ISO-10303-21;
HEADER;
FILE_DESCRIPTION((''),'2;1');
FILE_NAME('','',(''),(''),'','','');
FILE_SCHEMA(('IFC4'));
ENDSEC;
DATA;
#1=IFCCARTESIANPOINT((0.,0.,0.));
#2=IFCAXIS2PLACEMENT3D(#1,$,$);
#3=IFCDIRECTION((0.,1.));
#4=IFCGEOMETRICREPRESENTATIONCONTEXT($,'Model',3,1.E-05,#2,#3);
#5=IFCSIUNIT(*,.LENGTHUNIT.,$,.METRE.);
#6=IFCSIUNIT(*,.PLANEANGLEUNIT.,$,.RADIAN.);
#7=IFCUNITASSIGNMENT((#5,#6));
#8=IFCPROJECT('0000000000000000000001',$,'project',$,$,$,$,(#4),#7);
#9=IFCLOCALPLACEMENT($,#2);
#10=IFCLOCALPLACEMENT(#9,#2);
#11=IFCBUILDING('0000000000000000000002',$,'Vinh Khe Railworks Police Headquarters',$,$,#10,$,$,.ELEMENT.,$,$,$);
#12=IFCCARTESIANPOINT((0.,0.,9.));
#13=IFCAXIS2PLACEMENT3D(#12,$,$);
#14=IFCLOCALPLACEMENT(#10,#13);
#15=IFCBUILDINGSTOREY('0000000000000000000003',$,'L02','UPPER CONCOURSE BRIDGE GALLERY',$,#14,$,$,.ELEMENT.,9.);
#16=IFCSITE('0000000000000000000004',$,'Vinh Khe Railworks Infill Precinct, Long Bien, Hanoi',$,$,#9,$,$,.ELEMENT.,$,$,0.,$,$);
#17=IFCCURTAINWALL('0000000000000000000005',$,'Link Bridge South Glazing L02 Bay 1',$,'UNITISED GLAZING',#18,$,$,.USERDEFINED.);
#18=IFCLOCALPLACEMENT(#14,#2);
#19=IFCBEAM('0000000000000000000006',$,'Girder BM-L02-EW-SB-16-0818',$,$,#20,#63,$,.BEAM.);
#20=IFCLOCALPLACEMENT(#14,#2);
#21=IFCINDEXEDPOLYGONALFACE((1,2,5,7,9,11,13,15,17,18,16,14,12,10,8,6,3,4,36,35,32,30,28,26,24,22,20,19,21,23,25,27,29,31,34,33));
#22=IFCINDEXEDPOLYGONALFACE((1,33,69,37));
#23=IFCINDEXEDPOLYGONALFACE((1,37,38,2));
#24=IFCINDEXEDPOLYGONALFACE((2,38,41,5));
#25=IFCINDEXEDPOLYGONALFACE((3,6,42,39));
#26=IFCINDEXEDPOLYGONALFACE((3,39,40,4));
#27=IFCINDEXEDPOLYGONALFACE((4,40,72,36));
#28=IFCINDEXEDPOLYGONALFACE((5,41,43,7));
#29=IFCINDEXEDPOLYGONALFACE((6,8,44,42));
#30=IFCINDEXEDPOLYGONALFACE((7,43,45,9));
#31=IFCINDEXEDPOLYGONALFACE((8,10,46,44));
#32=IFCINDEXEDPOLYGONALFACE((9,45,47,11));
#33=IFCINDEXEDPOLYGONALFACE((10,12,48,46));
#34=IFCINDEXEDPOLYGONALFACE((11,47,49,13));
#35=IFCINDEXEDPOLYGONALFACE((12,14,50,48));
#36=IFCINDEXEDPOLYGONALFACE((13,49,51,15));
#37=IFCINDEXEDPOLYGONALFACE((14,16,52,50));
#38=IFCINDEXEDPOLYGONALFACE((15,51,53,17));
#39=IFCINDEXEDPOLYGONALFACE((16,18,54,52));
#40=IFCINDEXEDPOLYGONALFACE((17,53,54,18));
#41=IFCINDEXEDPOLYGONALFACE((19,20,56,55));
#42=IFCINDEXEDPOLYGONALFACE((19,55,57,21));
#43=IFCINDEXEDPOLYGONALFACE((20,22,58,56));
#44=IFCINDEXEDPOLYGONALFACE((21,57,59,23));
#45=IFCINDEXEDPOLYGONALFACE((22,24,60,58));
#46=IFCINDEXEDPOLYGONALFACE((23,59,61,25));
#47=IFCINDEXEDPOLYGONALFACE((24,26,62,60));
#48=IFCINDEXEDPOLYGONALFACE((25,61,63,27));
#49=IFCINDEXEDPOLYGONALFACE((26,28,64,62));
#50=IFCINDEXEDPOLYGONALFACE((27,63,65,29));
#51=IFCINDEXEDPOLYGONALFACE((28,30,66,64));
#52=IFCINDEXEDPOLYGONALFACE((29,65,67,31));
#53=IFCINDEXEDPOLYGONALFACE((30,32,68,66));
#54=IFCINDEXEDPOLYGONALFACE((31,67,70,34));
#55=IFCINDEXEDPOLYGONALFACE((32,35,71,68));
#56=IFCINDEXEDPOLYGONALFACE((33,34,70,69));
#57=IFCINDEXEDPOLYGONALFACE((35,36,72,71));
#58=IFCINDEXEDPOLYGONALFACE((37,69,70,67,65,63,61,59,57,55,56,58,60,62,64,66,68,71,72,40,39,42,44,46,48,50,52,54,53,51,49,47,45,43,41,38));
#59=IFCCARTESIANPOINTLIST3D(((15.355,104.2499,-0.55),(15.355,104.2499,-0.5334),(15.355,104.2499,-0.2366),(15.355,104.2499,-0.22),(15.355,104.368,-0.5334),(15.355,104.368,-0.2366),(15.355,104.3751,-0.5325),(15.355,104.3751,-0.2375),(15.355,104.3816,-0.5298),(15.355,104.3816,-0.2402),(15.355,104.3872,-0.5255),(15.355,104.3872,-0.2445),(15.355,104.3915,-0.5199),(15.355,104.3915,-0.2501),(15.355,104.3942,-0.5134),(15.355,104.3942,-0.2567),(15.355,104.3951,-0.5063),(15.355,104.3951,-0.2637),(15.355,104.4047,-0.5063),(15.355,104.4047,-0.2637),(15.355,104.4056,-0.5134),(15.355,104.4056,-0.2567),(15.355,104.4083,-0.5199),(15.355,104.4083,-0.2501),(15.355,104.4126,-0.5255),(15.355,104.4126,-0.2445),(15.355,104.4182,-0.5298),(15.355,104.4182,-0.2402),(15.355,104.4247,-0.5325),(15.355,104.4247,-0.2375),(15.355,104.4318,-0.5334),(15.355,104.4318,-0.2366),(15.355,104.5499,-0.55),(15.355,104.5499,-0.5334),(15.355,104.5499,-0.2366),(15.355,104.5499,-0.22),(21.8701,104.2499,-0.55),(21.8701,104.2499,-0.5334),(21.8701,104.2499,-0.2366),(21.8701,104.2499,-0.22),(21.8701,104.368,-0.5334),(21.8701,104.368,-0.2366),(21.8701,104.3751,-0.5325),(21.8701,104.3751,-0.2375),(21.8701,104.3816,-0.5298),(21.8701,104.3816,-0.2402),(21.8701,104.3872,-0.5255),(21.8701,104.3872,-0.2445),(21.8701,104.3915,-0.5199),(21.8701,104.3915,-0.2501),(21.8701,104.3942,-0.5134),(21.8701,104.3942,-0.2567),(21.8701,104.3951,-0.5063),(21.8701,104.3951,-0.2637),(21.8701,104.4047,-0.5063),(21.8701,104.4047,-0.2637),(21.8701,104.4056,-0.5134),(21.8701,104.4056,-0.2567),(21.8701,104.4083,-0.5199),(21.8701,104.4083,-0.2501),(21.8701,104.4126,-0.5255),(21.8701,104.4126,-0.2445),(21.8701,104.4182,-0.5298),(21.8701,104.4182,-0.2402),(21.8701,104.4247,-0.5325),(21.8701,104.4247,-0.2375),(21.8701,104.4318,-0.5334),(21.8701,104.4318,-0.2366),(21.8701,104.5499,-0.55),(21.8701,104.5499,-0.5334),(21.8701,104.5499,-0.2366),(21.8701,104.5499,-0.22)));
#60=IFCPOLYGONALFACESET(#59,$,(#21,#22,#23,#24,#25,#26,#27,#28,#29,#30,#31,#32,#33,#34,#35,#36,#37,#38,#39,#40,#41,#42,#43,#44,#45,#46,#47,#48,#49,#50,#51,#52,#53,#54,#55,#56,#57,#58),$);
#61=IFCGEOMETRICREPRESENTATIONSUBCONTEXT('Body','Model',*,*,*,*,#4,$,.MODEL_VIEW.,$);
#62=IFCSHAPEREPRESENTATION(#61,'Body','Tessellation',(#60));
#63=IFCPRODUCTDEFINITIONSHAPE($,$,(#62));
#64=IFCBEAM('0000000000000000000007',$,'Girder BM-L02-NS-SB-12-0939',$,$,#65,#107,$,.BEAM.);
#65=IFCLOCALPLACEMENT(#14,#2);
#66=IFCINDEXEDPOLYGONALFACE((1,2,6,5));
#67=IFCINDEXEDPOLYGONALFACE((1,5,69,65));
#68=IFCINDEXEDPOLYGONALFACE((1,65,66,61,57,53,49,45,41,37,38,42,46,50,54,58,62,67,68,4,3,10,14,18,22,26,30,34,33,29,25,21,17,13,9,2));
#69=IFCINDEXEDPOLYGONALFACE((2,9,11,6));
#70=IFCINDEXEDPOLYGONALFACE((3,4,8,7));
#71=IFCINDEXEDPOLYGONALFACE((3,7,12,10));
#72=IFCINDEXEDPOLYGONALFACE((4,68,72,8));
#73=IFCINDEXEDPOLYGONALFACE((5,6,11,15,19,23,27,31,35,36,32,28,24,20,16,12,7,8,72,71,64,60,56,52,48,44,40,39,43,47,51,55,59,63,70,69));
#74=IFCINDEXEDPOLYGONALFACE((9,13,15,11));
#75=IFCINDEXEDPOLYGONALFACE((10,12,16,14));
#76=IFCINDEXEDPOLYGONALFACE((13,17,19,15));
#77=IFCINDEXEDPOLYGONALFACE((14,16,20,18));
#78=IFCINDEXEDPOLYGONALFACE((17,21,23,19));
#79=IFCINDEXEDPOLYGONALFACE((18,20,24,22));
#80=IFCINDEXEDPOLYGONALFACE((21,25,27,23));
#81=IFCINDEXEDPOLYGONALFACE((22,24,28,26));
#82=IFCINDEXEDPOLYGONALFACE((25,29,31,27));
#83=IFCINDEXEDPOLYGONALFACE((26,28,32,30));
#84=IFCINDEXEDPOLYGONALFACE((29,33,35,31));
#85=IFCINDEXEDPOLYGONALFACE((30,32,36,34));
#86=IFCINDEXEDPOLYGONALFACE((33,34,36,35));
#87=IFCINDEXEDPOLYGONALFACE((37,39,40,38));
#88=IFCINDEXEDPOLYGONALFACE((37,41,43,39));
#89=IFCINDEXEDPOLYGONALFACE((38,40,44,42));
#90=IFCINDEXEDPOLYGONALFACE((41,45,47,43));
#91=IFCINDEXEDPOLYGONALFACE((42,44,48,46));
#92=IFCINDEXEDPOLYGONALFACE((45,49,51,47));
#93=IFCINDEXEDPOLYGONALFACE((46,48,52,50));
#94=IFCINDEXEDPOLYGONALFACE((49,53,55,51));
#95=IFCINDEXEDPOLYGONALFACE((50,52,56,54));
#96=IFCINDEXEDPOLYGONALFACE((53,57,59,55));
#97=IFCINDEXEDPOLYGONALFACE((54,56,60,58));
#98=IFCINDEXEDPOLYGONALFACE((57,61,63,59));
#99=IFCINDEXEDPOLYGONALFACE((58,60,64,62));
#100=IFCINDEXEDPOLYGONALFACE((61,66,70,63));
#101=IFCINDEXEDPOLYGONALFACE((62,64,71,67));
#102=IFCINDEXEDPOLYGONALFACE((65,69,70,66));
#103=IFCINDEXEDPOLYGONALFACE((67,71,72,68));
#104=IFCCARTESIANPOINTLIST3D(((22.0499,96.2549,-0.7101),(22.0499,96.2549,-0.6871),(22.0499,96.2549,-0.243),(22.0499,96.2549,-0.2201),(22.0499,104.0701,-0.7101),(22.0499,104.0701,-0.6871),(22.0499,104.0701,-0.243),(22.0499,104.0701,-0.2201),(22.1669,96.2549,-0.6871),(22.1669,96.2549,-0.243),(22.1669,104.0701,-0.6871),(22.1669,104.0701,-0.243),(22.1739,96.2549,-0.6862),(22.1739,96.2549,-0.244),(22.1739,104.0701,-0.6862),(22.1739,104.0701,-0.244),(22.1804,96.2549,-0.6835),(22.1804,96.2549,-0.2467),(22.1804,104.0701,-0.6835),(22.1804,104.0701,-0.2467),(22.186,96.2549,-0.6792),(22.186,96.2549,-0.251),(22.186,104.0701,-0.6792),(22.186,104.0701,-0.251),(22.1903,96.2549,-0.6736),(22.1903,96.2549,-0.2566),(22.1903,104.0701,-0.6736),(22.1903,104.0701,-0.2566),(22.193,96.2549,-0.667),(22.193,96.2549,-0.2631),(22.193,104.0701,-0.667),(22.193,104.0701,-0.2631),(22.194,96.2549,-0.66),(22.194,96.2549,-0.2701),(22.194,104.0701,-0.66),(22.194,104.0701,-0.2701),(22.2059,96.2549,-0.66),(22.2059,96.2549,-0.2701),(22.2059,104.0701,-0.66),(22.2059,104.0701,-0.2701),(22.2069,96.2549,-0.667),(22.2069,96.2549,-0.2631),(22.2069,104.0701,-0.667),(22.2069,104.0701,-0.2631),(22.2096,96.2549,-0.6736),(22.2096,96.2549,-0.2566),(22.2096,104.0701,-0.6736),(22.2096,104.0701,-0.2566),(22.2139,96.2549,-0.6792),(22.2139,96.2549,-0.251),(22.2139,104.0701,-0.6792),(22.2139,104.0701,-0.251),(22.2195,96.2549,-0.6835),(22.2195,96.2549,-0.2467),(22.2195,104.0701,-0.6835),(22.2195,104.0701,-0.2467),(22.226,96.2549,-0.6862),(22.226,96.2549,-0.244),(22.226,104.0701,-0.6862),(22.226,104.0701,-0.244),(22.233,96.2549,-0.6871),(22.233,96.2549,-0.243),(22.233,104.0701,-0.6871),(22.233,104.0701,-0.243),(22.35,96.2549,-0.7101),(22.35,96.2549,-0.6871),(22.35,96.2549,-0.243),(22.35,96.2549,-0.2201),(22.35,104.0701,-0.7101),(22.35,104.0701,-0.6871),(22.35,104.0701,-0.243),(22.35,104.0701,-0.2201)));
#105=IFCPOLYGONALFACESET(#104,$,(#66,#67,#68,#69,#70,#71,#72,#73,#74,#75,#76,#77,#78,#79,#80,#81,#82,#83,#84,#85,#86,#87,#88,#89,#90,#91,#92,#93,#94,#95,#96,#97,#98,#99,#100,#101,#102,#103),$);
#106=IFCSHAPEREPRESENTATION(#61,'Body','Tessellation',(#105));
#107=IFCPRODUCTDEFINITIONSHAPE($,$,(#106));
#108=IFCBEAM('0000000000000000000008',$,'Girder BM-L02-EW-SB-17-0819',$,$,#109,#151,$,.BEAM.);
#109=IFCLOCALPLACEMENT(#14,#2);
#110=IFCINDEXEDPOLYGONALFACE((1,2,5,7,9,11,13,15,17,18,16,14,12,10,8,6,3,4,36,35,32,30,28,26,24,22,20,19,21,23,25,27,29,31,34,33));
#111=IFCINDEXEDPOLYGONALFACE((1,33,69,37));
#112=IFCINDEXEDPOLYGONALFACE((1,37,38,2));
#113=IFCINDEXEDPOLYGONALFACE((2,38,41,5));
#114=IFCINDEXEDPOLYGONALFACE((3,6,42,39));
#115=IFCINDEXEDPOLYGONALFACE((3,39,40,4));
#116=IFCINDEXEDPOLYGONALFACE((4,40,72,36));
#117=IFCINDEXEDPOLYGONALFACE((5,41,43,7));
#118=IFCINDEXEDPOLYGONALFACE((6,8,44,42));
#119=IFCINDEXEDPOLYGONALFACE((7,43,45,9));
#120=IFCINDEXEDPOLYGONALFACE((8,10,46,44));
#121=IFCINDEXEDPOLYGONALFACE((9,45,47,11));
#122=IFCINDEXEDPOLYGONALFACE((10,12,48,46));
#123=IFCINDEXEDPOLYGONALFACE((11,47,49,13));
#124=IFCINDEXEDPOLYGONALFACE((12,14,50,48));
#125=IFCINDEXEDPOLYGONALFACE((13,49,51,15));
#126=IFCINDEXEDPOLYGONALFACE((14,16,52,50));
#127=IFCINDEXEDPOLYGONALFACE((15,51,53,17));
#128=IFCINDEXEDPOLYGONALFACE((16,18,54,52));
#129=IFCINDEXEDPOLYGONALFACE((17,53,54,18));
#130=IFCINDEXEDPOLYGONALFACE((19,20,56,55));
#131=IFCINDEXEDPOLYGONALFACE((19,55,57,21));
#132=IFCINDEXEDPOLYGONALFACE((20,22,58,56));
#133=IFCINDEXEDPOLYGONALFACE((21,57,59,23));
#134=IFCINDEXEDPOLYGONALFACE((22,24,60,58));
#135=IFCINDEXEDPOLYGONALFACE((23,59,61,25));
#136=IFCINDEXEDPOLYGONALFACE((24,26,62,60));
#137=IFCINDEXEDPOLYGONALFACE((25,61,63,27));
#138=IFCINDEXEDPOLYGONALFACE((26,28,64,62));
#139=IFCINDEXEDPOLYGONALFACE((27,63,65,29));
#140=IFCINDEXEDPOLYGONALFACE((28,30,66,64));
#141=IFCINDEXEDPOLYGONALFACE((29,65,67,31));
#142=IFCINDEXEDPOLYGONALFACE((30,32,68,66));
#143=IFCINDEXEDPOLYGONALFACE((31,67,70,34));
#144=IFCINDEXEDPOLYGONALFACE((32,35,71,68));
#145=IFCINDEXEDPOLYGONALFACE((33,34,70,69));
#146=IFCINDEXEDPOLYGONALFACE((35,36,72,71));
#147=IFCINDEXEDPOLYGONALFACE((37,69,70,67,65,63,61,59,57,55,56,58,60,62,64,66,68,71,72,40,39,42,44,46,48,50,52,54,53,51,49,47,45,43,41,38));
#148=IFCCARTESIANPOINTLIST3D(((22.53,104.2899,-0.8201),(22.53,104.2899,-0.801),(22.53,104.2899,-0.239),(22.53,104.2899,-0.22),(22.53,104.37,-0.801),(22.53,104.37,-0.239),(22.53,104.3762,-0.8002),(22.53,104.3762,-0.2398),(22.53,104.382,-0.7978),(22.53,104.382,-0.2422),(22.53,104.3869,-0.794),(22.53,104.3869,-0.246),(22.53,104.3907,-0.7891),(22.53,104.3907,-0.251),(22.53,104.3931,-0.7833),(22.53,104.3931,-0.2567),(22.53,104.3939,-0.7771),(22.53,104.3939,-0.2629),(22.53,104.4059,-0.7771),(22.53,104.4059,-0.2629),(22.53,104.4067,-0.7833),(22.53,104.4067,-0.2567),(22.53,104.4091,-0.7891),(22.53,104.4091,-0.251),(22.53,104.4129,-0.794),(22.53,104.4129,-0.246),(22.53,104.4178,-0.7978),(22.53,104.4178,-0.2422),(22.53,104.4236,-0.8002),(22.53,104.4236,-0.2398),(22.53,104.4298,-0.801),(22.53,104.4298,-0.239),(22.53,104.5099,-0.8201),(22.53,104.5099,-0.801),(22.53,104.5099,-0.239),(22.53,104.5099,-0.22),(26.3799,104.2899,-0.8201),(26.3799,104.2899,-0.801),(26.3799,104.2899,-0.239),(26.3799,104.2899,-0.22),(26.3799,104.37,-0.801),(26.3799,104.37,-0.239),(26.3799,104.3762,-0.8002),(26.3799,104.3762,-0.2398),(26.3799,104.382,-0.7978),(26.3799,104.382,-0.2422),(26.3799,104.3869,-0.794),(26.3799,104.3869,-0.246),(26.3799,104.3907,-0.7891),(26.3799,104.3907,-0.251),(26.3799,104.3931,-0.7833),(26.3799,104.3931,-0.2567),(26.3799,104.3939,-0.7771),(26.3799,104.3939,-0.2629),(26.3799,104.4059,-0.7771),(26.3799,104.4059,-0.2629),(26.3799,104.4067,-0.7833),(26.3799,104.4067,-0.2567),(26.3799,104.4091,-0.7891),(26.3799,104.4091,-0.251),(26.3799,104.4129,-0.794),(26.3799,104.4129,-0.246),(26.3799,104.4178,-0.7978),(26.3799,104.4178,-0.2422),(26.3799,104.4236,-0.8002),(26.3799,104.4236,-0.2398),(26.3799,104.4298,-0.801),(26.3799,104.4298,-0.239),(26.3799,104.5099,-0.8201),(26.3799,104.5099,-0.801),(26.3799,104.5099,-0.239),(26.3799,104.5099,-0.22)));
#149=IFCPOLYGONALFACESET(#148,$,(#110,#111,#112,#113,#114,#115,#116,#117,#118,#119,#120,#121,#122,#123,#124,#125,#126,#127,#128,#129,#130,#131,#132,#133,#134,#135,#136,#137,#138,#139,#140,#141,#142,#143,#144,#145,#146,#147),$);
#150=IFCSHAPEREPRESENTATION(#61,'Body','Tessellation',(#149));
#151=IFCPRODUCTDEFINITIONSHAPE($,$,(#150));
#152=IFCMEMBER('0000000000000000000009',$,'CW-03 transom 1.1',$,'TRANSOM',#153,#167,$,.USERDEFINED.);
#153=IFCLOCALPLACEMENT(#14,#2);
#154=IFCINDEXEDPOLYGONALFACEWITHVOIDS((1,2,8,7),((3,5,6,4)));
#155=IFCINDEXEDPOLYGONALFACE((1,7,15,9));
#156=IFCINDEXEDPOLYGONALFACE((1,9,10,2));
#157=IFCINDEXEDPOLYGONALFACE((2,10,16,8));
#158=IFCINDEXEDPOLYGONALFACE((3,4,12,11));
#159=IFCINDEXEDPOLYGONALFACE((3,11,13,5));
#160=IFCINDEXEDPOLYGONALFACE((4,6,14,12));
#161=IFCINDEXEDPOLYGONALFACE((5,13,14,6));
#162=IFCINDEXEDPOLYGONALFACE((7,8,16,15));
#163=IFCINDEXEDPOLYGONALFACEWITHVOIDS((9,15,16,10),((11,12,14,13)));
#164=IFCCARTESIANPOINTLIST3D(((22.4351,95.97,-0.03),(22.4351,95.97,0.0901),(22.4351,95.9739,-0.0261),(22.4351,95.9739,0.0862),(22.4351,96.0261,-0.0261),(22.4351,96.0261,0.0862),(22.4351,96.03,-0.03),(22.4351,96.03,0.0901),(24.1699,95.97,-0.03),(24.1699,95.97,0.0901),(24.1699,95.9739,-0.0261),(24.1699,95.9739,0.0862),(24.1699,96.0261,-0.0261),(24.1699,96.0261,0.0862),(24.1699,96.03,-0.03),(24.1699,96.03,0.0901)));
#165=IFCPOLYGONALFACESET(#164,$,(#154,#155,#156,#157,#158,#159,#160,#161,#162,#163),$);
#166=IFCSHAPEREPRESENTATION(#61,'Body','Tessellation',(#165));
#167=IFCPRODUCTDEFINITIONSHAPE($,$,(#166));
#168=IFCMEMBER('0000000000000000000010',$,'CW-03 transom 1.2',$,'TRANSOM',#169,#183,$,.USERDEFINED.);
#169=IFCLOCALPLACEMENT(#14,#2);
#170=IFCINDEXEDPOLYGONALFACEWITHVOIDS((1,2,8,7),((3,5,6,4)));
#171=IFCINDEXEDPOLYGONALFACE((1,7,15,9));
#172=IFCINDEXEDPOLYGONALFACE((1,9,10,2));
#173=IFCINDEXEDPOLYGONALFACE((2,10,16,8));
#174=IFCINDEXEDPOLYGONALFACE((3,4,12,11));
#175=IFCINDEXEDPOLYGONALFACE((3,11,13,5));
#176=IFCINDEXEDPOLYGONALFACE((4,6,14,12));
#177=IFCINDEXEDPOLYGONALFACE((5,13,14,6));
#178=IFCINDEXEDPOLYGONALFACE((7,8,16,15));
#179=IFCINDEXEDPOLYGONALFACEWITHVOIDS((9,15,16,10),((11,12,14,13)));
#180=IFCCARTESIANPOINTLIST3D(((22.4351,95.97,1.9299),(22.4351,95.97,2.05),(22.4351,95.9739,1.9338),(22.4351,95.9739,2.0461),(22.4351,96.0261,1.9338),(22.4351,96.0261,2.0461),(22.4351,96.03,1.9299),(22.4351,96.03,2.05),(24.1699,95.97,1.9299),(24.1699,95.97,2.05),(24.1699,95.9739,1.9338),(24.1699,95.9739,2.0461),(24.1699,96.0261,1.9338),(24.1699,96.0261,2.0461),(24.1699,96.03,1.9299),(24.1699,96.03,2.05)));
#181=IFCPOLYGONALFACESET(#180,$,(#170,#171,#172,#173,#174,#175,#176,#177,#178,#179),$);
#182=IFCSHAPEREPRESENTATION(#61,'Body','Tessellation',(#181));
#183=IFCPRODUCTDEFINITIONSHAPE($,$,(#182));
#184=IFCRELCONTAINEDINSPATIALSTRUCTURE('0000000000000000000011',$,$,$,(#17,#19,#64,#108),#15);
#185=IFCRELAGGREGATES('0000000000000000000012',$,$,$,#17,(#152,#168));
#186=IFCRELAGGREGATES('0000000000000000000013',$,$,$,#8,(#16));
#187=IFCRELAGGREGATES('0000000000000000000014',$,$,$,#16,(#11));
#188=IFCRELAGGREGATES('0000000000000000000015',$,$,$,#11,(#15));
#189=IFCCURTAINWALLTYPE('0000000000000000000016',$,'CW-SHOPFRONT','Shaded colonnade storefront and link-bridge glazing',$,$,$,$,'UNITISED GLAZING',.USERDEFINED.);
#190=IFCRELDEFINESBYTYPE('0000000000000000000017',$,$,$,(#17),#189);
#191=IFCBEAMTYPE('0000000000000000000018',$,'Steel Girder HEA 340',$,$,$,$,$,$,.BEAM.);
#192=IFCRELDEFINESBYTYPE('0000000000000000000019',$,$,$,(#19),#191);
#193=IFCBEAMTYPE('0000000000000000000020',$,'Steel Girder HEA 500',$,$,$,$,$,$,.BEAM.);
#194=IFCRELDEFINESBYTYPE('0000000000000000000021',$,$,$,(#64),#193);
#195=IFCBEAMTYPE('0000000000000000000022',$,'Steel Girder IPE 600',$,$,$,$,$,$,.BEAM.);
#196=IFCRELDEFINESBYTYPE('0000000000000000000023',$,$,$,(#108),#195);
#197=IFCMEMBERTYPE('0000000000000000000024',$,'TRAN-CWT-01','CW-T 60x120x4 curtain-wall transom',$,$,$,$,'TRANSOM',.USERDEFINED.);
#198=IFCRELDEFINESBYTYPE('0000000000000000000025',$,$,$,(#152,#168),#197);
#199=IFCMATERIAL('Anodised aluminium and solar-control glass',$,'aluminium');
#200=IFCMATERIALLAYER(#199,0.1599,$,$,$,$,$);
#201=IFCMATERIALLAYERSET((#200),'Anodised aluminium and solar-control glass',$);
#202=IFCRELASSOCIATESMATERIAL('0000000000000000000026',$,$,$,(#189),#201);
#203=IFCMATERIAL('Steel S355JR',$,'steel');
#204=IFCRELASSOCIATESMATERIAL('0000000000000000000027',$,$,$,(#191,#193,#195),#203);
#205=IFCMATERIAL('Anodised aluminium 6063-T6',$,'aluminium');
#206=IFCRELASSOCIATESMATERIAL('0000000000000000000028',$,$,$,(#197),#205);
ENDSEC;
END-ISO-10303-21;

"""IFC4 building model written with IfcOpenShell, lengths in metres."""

from ifc_helpers import new_model, si_unit, direction, frame, origin, origin_2d, place, context, subcontext, project, spatial, hollow_rectangle, i_section, extrude, material, layer, layer_set, material_profile, profile_set, type_object, element, aggregate, save


model = new_model("IFC4")

# Units and contexts
model_context = context("Model", 3, precision=1e-05, world=origin(), true_north=direction((0.0, 1.0)))
body_context = subcontext(model_context, "Body", "Model", "MODEL_VIEW")
ifc_project = project(units=[si_unit("LENGTHUNIT", "METRE"), si_unit("PLANEANGLEUNIT", "RADIAN")], contexts=[model_context])

# Site, building, storey
site_placement = place(None, origin())
site = spatial("IfcSite", under=ifc_project, at=site_placement, Name="Vinh Khe Railworks Infill Precinct, Long Bien, Hanoi", CompositionType="ELEMENT", RefElevation=0.0)
building_placement = place(site_placement, origin())
building = spatial("IfcBuilding", under=site, at=building_placement, Name="Vinh Khe Railworks Police Headquarters", CompositionType="ELEMENT")
storey_placement = place(building_placement, frame((0.0, 0.0, 9.0)))
storey = spatial("IfcBuildingStorey", under=building, at=storey_placement, Name="L02", Description="UPPER CONCOURSE BRIDGE GALLERY", CompositionType="ELEMENT", Elevation=9.0)

# Shared definitions
ifc_material_1 = material(Name="Steel S355JR", Category="steel")

# Curtain wall
ifc_material_2 = material(Name="Anodised aluminium and solar-control glass", Category="aluminium")
ifc_layer_1 = layer(ifc_material_2, 0.1599)
ifc_layer_set_1 = layer_set([ifc_layer_1], Name="Anodised aluminium and solar-control glass")
curtain_wall_type = type_object("IfcCurtainWallType", Name="CW-SHOPFRONT", Description="Shaded colonnade storefront and link-bridge glazing", ElementType="UNITISED GLAZING", PredefinedType="USERDEFINED", material=ifc_layer_set_1)
curtain_wall_1_placement = place(storey_placement, origin())
curtain_wall_1 = element("IfcCurtainWall", 1, at=curtain_wall_1_placement, inside=storey, type_object=curtain_wall_type, Name="Link Bridge South Glazing L02 Bay 1", ObjectType="UNITISED GLAZING", PredefinedType="USERDEFINED")
ifc_material_3 = material(Name="Anodised aluminium 6063-T6", Category="aluminium")

# Beams
ifc_material_profile_1 = material_profile(ifc_material_1, i_section(OverallWidth=0.3, OverallDepth=0.3301, WebThickness=0.0095, FlangeThickness=0.0166, FilletRadius=0.0271, at=origin_2d()), Name="HEA 340")
ifc_profile_set_1 = profile_set([ifc_material_profile_1], Name="Steel S355JR")
beam_type_1 = type_object("IfcBeamType", Name="Steel Girder HEA 340", PredefinedType="BEAM", material=ifc_profile_set_1)
beam_1_placement = place(storey_placement, frame((15.355, 104.3999, -0.385), z_axis=(1.0, 0.0, 0.0), x_axis=(0.0, 1.0, 0.0)))
element("IfcBeam", 2, at=beam_1_placement, inside=storey, type_object=beam_type_1, Name="Girder BM-L02-EW-SB-16-0818", PredefinedType="BEAM", context=body_context, shape_type="SweptSolid", body=[
    extrude(i_section(OverallWidth=0.3, OverallDepth=0.3301, WebThickness=0.0095, FlangeThickness=0.0166, FilletRadius=0.0271, at=origin_2d()), origin(), (0.0, 0.0, 1.0), 6.5151),
])
ifc_material_profile_2 = material_profile(ifc_material_1, i_section(OverallWidth=0.3, OverallDepth=0.49, WebThickness=0.012, FlangeThickness=0.0229, FilletRadius=0.0271, at=origin_2d()), Name="HEA 500")
ifc_profile_set_2 = profile_set([ifc_material_profile_2], Name="Steel S355JR")
beam_type_2 = type_object("IfcBeamType", Name="Steel Girder HEA 500", PredefinedType="BEAM", material=ifc_profile_set_2)
beam_2_placement = place(storey_placement, frame((22.2, 96.2549, -0.4651), z_axis=(0.0, 1.0, 0.0), x_axis=(-1.0, 0.0, 0.0)))
element("IfcBeam", 3, at=beam_2_placement, inside=storey, type_object=beam_type_2, Name="Girder BM-L02-NS-SB-12-0939", PredefinedType="BEAM", context=body_context, shape_type="SweptSolid", body=[
    extrude(i_section(OverallWidth=0.3, OverallDepth=0.49, WebThickness=0.012, FlangeThickness=0.0229, FilletRadius=0.0271, at=origin_2d()), origin(), (0.0, 0.0, 1.0), 7.8152),
])
ifc_material_profile_3 = material_profile(ifc_material_1, i_section(OverallWidth=0.22, OverallDepth=0.6001, WebThickness=0.012, FlangeThickness=0.019, FilletRadius=0.0239, at=origin_2d()), Name="IPE 600")
ifc_profile_set_3 = profile_set([ifc_material_profile_3], Name="Steel S355JR")
beam_type_3 = type_object("IfcBeamType", Name="Steel Girder IPE 600", PredefinedType="BEAM", material=ifc_profile_set_3)
beam_3_placement = place(storey_placement, frame((22.53, 104.3999, -0.52), z_axis=(1.0, 0.0, 0.0), x_axis=(0.0, 1.0, 0.0)))
element("IfcBeam", 4, at=beam_3_placement, inside=storey, type_object=beam_type_3, Name="Girder BM-L02-EW-SB-17-0819", PredefinedType="BEAM", context=body_context, shape_type="SweptSolid", body=[
    extrude(i_section(OverallWidth=0.22, OverallDepth=0.6001, WebThickness=0.012, FlangeThickness=0.019, FilletRadius=0.0239, at=origin_2d()), origin(), (0.0, 0.0, 1.0), 3.8499),
])

# Members
ifc_material_profile_4 = material_profile(ifc_material_3, hollow_rectangle(XDim=0.0601, YDim=0.1201, WallThickness=0.0039, at=origin_2d()), Name="CW-T 60x120x4")
ifc_profile_set_4 = profile_set([ifc_material_profile_4], Name="Anodised aluminium 6063-T6")
member_type_1 = type_object("IfcMemberType", Name="TRAN-CWT-01", Description="CW-T 60x120x4 curtain-wall transom", ElementType="TRANSOM", PredefinedType="USERDEFINED", material=ifc_profile_set_4)
member_1_placement = place(storey_placement, frame((22.4351, 96.0, 0.03), z_axis=(1.0, 0.0, 0.0), x_axis=(0.0, 1.0, 0.0)))
member_1 = element("IfcMember", 5, at=member_1_placement, type_object=member_type_1, Name="CW-03 transom 1.1", ObjectType="TRANSOM", PredefinedType="USERDEFINED", context=body_context, shape_type="SweptSolid", body=[
    extrude(hollow_rectangle(XDim=0.0601, YDim=0.1201, WallThickness=0.0039, at=origin_2d()), origin(), (0.0, 0.0, 1.0), 1.7349),
])
member_2_placement = place(storey_placement, frame((22.4351, 96.0, 1.99), z_axis=(1.0, 0.0, 0.0), x_axis=(0.0, 1.0, 0.0)))
member_2 = element("IfcMember", 6, at=member_2_placement, type_object=member_type_1, Name="CW-03 transom 1.2", ObjectType="TRANSOM", PredefinedType="USERDEFINED", context=body_context, shape_type="SweptSolid", body=[
    extrude(hollow_rectangle(XDim=0.0601, YDim=0.1201, WallThickness=0.0039, at=origin_2d()), origin(), (0.0, 0.0, 1.0), 1.7349),
])

aggregate(curtain_wall_1, [member_1, member_2])

save(model, "model.ifc")
